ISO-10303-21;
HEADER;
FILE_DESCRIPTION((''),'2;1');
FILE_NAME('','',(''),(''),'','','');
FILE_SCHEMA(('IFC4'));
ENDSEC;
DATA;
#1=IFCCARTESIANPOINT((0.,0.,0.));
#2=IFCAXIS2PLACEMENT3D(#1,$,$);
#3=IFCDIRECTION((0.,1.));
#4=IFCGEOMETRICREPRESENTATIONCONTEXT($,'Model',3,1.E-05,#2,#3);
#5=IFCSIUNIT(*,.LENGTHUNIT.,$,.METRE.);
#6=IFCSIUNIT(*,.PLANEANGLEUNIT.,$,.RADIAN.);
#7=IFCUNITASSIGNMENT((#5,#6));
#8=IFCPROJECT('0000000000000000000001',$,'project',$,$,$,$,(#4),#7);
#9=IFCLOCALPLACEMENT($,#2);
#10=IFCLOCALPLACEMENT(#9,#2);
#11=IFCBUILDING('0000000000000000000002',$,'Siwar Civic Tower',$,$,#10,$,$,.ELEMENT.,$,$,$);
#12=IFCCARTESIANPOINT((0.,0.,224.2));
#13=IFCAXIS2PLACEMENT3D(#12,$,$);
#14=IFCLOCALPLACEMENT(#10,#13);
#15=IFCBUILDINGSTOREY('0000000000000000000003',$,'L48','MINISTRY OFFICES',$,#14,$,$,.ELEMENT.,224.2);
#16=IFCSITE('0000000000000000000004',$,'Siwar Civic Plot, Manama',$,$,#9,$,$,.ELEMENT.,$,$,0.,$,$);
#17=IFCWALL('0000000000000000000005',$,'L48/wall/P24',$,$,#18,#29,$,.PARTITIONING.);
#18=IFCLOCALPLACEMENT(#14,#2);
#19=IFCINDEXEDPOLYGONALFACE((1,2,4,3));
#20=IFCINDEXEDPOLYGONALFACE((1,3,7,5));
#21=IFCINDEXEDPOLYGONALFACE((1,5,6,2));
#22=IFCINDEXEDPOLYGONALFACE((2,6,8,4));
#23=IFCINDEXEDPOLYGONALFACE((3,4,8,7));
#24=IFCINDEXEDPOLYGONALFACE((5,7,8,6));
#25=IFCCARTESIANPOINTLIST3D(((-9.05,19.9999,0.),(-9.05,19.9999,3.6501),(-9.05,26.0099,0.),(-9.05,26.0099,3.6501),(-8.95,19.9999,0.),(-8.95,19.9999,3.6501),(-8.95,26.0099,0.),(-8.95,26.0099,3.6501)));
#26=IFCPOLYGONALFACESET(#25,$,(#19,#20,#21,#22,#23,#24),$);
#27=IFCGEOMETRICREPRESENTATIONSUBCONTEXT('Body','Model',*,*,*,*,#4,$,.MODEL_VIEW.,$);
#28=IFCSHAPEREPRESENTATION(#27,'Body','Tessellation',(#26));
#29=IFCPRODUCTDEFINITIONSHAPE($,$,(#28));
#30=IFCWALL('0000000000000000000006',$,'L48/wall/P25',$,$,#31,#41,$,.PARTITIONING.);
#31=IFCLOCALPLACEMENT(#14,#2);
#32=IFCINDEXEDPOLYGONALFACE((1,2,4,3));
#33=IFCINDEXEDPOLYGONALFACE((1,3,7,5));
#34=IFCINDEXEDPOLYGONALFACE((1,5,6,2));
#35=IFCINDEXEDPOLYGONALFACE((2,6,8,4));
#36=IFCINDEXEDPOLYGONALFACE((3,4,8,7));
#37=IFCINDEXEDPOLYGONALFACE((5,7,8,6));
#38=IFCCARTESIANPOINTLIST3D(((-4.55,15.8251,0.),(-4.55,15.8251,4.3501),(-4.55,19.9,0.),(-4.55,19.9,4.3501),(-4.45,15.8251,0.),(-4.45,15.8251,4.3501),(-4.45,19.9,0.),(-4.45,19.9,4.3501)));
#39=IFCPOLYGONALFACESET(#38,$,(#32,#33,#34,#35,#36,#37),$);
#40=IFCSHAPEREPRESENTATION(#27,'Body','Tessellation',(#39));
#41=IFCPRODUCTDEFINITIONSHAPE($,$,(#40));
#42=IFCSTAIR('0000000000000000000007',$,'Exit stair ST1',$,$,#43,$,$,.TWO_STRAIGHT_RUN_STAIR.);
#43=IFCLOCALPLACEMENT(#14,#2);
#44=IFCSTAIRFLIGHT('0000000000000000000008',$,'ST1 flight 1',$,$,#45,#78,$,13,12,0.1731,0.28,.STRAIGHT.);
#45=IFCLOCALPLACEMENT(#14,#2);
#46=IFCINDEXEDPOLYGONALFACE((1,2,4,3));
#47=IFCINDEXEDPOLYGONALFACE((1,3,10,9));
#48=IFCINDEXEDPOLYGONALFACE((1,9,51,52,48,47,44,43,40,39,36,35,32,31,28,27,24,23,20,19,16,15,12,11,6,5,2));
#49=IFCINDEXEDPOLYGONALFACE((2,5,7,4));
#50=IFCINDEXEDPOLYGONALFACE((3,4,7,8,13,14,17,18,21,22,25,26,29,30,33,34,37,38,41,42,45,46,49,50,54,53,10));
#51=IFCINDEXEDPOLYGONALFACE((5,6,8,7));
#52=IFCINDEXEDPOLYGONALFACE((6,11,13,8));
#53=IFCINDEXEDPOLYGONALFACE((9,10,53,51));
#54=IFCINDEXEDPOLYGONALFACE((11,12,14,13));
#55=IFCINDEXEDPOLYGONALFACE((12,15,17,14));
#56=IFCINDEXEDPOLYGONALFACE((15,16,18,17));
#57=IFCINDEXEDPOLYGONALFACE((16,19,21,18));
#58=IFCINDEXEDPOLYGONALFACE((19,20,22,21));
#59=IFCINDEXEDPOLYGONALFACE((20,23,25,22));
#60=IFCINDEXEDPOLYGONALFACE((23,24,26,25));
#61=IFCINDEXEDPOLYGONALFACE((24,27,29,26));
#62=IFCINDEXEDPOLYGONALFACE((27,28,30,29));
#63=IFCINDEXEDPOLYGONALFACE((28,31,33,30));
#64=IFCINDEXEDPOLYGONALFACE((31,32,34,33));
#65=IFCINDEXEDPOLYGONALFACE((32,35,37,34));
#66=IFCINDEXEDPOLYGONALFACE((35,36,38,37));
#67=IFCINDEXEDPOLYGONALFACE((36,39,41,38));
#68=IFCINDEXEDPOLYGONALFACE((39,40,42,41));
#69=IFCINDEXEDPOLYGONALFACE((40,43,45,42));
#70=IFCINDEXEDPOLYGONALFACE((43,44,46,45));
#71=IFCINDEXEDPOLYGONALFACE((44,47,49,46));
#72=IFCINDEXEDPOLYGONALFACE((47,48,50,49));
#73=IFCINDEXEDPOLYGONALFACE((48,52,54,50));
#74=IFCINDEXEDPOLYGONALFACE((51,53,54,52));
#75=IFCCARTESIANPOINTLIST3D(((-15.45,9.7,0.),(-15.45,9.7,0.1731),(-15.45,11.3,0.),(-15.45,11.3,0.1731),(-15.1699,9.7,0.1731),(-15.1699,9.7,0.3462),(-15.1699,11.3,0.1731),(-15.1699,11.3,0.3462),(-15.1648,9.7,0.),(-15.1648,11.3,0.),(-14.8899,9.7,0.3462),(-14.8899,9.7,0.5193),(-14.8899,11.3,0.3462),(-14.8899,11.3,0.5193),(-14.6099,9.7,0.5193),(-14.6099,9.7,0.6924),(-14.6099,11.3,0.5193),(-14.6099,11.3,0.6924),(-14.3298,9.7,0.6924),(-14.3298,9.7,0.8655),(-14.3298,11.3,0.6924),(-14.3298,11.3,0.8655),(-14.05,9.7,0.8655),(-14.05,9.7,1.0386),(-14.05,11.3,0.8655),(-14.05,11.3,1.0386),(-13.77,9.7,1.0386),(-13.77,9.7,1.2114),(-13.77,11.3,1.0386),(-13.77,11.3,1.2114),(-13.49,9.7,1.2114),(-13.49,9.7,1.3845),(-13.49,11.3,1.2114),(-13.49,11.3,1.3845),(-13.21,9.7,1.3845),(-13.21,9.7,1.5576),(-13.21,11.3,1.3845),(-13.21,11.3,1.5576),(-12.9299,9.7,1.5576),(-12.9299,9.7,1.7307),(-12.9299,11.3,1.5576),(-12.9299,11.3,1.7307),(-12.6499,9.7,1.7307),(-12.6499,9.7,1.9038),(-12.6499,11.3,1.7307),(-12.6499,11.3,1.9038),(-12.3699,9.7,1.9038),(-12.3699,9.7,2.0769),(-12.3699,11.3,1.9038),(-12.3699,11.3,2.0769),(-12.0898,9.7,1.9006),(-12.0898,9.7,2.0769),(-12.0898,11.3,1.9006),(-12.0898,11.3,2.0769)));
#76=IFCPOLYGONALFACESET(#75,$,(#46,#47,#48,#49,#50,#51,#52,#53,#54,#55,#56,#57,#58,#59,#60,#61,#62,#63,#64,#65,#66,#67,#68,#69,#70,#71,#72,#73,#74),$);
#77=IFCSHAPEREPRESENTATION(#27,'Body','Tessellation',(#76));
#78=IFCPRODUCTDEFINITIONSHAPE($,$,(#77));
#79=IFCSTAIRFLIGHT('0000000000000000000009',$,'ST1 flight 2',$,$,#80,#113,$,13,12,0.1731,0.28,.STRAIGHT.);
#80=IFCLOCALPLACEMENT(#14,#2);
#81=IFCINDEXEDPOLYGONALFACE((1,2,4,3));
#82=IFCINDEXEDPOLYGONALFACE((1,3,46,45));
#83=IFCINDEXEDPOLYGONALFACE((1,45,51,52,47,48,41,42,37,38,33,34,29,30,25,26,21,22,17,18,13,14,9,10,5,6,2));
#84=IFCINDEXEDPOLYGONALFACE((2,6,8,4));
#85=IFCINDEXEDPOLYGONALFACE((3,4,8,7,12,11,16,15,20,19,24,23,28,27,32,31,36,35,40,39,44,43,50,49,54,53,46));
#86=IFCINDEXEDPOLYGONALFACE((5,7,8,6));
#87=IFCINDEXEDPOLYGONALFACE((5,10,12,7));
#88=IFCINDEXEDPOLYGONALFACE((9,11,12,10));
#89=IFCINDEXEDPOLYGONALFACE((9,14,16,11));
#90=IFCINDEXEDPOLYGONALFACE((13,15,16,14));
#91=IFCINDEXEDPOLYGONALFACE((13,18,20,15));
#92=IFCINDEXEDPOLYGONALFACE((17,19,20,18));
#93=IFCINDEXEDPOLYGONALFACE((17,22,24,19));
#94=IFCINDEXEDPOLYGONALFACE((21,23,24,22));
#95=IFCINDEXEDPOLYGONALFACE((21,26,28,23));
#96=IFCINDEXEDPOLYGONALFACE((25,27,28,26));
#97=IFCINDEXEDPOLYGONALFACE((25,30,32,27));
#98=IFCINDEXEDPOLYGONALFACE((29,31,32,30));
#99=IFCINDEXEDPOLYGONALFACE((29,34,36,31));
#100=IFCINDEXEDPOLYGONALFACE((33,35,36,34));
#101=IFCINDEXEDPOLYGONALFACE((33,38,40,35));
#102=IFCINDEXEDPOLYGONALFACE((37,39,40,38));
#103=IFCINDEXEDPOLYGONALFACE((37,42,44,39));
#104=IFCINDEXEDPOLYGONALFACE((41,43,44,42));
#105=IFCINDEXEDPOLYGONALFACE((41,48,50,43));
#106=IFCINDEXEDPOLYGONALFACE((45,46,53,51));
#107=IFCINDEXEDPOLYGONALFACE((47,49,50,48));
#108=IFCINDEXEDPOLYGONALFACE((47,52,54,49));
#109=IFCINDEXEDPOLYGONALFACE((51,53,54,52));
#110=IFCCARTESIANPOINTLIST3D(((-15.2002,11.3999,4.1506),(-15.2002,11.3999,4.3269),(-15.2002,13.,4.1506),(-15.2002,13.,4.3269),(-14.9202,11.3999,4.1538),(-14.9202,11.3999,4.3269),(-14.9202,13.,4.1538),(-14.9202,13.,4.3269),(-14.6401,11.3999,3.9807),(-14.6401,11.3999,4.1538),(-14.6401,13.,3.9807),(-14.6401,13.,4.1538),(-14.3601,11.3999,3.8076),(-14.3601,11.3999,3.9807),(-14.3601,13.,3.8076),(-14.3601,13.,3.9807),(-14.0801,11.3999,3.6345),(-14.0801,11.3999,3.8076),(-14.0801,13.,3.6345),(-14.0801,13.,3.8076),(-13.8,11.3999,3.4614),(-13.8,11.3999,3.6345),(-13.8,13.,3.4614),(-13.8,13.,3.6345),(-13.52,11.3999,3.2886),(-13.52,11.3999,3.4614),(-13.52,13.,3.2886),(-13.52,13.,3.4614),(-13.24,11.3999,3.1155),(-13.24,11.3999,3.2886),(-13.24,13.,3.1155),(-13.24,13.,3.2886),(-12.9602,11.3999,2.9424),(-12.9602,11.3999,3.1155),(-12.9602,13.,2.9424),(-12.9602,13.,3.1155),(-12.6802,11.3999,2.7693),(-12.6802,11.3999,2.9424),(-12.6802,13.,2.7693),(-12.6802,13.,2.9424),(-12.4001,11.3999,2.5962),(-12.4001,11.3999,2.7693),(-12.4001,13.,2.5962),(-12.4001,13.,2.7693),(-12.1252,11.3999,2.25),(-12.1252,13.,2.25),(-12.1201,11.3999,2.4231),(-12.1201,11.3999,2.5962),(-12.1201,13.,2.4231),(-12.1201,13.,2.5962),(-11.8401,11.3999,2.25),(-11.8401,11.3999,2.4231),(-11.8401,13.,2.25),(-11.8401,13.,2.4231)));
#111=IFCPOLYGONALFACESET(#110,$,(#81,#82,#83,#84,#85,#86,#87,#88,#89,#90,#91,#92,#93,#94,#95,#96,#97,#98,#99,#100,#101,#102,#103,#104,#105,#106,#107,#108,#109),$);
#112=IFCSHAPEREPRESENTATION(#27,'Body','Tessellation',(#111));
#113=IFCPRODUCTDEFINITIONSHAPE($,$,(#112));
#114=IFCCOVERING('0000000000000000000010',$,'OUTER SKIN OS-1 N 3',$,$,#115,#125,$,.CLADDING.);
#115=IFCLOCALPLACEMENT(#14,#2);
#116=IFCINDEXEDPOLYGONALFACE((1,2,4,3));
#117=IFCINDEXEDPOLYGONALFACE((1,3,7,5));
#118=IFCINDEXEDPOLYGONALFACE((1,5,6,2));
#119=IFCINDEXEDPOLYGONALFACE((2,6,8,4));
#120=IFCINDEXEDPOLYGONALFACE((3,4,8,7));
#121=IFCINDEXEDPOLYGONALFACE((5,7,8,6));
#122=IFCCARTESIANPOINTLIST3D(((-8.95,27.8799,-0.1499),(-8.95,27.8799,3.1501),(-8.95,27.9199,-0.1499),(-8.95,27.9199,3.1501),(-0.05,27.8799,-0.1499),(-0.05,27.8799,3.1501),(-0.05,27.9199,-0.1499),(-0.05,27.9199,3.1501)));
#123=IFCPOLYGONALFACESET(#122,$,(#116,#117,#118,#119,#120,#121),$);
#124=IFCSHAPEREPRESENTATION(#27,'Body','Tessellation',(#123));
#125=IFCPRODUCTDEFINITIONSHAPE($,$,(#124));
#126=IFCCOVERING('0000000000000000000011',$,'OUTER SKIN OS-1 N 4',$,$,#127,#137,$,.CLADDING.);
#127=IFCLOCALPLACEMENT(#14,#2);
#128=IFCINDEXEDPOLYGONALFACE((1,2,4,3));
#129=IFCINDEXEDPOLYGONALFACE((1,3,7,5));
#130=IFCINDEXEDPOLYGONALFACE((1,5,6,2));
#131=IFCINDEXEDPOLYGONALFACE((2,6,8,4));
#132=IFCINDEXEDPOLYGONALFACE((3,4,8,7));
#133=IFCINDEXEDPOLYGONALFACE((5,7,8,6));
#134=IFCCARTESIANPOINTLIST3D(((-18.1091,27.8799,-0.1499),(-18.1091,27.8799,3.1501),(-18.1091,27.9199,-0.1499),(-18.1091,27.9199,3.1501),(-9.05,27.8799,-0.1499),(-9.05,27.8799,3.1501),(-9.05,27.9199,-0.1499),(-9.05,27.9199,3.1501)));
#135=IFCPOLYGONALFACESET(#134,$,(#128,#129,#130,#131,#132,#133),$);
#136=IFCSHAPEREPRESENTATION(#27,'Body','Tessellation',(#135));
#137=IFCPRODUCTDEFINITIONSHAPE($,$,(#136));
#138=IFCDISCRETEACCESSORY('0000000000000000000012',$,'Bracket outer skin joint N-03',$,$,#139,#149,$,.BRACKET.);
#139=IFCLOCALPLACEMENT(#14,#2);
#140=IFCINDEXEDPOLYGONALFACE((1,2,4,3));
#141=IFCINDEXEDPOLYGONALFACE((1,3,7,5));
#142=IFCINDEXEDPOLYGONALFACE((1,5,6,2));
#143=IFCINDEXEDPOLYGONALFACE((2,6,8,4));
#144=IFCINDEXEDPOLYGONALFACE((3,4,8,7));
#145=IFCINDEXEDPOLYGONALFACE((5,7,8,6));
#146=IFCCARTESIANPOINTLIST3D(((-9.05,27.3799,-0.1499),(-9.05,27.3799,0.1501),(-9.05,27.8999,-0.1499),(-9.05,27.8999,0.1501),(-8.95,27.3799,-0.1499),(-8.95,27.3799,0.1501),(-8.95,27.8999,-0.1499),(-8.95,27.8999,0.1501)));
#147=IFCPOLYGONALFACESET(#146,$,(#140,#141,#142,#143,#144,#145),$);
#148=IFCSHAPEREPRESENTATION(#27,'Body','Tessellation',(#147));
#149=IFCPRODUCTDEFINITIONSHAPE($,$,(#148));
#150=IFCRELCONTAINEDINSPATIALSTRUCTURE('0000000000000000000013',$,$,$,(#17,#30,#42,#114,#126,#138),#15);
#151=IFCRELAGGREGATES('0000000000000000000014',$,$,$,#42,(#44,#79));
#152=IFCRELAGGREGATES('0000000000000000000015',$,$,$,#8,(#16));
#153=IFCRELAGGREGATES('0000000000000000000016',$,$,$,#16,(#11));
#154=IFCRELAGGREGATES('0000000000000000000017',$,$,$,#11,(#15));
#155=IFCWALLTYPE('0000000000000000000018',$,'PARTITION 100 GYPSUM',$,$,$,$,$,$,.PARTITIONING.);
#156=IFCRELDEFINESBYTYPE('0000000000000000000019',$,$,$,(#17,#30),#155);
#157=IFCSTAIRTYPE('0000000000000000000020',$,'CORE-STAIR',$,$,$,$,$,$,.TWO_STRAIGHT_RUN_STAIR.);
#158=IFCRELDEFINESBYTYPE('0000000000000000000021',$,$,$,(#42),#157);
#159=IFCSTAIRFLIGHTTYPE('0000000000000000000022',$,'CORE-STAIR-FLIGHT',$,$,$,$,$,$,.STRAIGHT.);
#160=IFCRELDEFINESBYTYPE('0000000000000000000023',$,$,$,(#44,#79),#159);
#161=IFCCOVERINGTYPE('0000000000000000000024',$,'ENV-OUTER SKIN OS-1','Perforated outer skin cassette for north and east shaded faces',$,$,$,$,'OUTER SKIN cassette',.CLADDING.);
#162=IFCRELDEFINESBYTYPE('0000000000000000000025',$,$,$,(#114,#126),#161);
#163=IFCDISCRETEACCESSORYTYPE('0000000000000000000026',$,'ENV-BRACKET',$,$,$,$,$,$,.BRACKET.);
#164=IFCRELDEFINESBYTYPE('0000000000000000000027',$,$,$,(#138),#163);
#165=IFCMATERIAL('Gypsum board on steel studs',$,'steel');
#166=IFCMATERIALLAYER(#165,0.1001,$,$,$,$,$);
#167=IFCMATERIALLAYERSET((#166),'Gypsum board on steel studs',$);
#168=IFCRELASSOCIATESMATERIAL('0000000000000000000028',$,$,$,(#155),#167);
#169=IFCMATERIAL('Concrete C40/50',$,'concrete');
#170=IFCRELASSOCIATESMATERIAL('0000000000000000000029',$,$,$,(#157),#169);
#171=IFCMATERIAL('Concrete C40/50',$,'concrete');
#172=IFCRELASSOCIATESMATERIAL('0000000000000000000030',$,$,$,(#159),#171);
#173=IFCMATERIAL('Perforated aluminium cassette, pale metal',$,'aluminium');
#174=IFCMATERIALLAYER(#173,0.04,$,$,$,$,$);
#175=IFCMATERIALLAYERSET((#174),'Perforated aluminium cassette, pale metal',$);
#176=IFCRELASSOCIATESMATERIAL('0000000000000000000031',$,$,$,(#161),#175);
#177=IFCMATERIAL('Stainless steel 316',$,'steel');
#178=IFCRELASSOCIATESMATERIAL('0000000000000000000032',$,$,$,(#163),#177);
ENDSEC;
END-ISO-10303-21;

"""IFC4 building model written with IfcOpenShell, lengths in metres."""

from ifc_helpers import new_model, si_unit, direction, frame, frame_2d, origin, origin_2d, place, context, subcontext, project, spatial, polyline, rectangle, outline, extrude, material, layer, layer_set, type_object, element, aggregate, save


model = new_model("IFC4")

# Units and contexts
model_context = context("Model", 3, precision=1e-05, world=origin(), true_north=direction((0.0, 1.0)))
body_context = subcontext(model_context, "Body", "Model", "MODEL_VIEW")
ifc_project = project(units=[si_unit("LENGTHUNIT", "METRE"), si_unit("PLANEANGLEUNIT", "RADIAN")], contexts=[model_context])

# Site, building, storey
site_placement = place(None, origin())
site = spatial("IfcSite", under=ifc_project, at=site_placement, Name="Siwar Civic Plot, Manama", CompositionType="ELEMENT", RefElevation=0.0)
building_placement = place(site_placement, origin())
building = spatial("IfcBuilding", under=site, at=building_placement, Name="Siwar Civic Tower", CompositionType="ELEMENT")
storey_placement = place(building_placement, frame((0.0, 0.0, 224.2)))
storey = spatial("IfcBuildingStorey", under=building, at=storey_placement, Name="L48", Description="MINISTRY OFFICES", CompositionType="ELEMENT", Elevation=224.2)

# Walls
ifc_material_1 = material(Name="Gypsum board on steel studs", Category="steel")
ifc_layer_1 = layer(ifc_material_1, 0.1001)
ifc_layer_set_1 = layer_set([ifc_layer_1], Name="Gypsum board on steel studs")
wall_type_1 = type_object("IfcWallType", Name="PARTITION 100 GYPSUM", PredefinedType="PARTITIONING", material=ifc_layer_set_1)
wall_1_placement = place(storey_placement, frame((-9.0, 20.0, 0.0), z_axis=(0.0, 0.0, 1.0), x_axis=(0.0, 1.0, 0.0)))
element("IfcWall", 1, at=wall_1_placement, inside=storey, type_object=wall_type_1, Name="L48/wall/P24", PredefinedType="PARTITIONING", context=body_context, shape_type="SweptSolid", body=[
    extrude(rectangle(XDim=6.01, YDim=0.1001, at=frame_2d((3.0049, 0.0))), origin(), (0.0, 0.0, 1.0), 3.6501),
])
wall_2_placement = place(storey_placement, frame((-4.5, 15.825, 0.0), z_axis=(0.0, 0.0, 1.0), x_axis=(0.0, 1.0, 0.0)))
element("IfcWall", 2, at=wall_2_placement, inside=storey, type_object=wall_type_1, Name="L48/wall/P25", PredefinedType="PARTITIONING", context=body_context, shape_type="SweptSolid", body=[
    extrude(rectangle(XDim=4.075, YDim=0.1001, at=frame_2d((2.0376, 0.0))), origin(), (0.0, 0.0, 1.0), 4.3501),
])

# Stair, stair flights
ifc_material_2 = material(Name="Concrete C40/50", Category="concrete")
stair_type = type_object("IfcStairType", Name="CORE-STAIR", PredefinedType="TWO_STRAIGHT_RUN_STAIR", material=ifc_material_2)
stair_placement = place(storey_placement, origin())
stair = element("IfcStair", 3, at=stair_placement, inside=storey, type_object=stair_type, Name="Exit stair ST1", PredefinedType="TWO_STRAIGHT_RUN_STAIR")
ifc_material_3 = material(Name="Concrete C40/50", Category="concrete")
stair_flight_type = type_object("IfcStairFlightType", Name="CORE-STAIR-FLIGHT", PredefinedType="STRAIGHT", material=ifc_material_3)
stair_flight_1_placement = place(storey_placement, frame((-15.45, 10.5, 0.0), z_axis=(0.0, 0.0, 1.0), x_axis=(1.0, 0.0, 0.0)))
stair_flight_1 = element("IfcStairFlight", 4, at=stair_flight_1_placement, type_object=stair_flight_type, Name="ST1 flight 1", NumberOfRisers=13, NumberOfTreads=12, PredefinedType="STRAIGHT", RiserHeight=0.1731, TreadLength=0.28, context=body_context, shape_type="SweptSolid", body=[
    extrude(outline(polyline([(0.0, 0.0), (0.0, 0.1731), (0.28, 0.1731), (0.28, 0.3462), (0.5601, 0.3462), (0.5601, 0.5193), (0.8401, 0.5193), (0.8401, 0.6924), (1.1201, 0.6924), (1.1201, 0.8655), (1.3999, 0.8655), (1.3999, 1.0386), (1.6799, 1.0386), (1.6799, 1.2114), (1.96, 1.2114), (1.96, 1.3845), (2.24, 1.3845), (2.24, 1.5576), (2.52, 1.5576), (2.52, 1.7307), (2.8, 1.7307), (2.8, 1.9038), (3.0801, 1.9038), (3.0801, 2.0769), (3.3601, 2.0769), (3.3601, 2.25), (3.3601, 1.9006), (0.2852, 0.0), (0.0, 0.0)])), frame((0.0, 0.8, 0.0), z_axis=(0.0, -1.0, 0.0), x_axis=(1.0, 0.0, 0.0)), (0.0, 0.0, 1.0), 1.6001),
])
stair_flight_2_placement = place(storey_placement, frame((-11.8401, 12.2, 2.25), z_axis=(0.0, 0.0, 1.0), x_axis=(-1.0, 0.0, 0.0)))
stair_flight_2 = element("IfcStairFlight", 5, at=stair_flight_2_placement, type_object=stair_flight_type, Name="ST1 flight 2", NumberOfRisers=13, NumberOfTreads=12, PredefinedType="STRAIGHT", RiserHeight=0.1731, TreadLength=0.28, context=body_context, shape_type="SweptSolid", body=[
    extrude(outline(polyline([(0.0, 0.0), (0.0, 0.1731), (0.28, 0.1731), (0.28, 0.3462), (0.5601, 0.3462), (0.5601, 0.5193), (0.8401, 0.5193), (0.8401, 0.6924), (1.1201, 0.6924), (1.1201, 0.8655), (1.3999, 0.8655), (1.3999, 1.0386), (1.6799, 1.0386), (1.6799, 1.2114), (1.96, 1.2114), (1.96, 1.3845), (2.24, 1.3845), (2.24, 1.5576), (2.52, 1.5576), (2.52, 1.7307), (2.8, 1.7307), (2.8, 1.9038), (3.0801, 1.9038), (3.0801, 2.0769), (3.3601, 2.0769), (3.3601, 2.25), (3.3601, 1.9006), (0.2852, 0.0), (0.0, 0.0)])), frame((0.0, 0.8, 0.0), z_axis=(0.0, -1.0, 0.0), x_axis=(1.0, 0.0, 0.0)), (0.0, 0.0, 1.0), 1.6001),
])
aggregate(stair, [stair_flight_1, stair_flight_2])

# Coverings
ifc_material_4 = material(Name="Perforated aluminium cassette, pale metal", Category="aluminium")
ifc_layer_2 = layer(ifc_material_4, 0.04)
ifc_layer_set_2 = layer_set([ifc_layer_2], Name="Perforated aluminium cassette, pale metal")
covering_type = type_object("IfcCoveringType", Name="ENV-OUTER SKIN OS-1", Description="Perforated outer skin cassette for north and east shaded faces", ElementType="OUTER SKIN cassette", PredefinedType="CLADDING", material=ifc_layer_set_2)
covering_1_placement = place(storey_placement, frame((-4.5, 27.8999, -0.1499), z_axis=(0.0, 0.0, 1.0), x_axis=(-1.0, 0.0, 0.0)))
element("IfcCovering", 6, at=covering_1_placement, inside=storey, type_object=covering_type, Name="OUTER SKIN OS-1 N 3", PredefinedType="CLADDING", context=body_context, shape_type="SweptSolid", body=[
    extrude(rectangle(XDim=8.8999, YDim=0.04, at=origin_2d()), origin(), (0.0, 0.0, 1.0), 3.3),
])
covering_2_placement = place(storey_placement, frame((-13.5796, 27.8999, -0.1499), z_axis=(0.0, 0.0, 1.0), x_axis=(-1.0, 0.0, 0.0)))
element("IfcCovering", 7, at=covering_2_placement, inside=storey, type_object=covering_type, Name="OUTER SKIN OS-1 N 4", PredefinedType="CLADDING", context=body_context, shape_type="SweptSolid", body=[
    extrude(rectangle(XDim=9.0591, YDim=0.04, at=origin_2d()), origin(), (0.0, 0.0, 1.0), 3.3),
])

# Discrete accessory
ifc_material_5 = material(Name="Stainless steel 316", Category="steel")
discrete_accessory_type = type_object("IfcDiscreteAccessoryType", Name="ENV-BRACKET", PredefinedType="BRACKET", material=ifc_material_5)
discrete_accessory_placement = place(storey_placement, frame((-9.0, 27.6399, -0.1499), z_axis=(0.0, 0.0, 1.0), x_axis=(0.0, 1.0, 0.0)))
element("IfcDiscreteAccessory", 8, at=discrete_accessory_placement, inside=storey, type_object=discrete_accessory_type, Name="Bracket outer skin joint N-03", PredefinedType="BRACKET", context=body_context, shape_type="SweptSolid", body=[
    extrude(rectangle(XDim=0.52, YDim=0.1001, at=origin_2d()), origin(), (0.0, 0.0, 1.0), 0.3),
])

save(model, "model.ifc")
